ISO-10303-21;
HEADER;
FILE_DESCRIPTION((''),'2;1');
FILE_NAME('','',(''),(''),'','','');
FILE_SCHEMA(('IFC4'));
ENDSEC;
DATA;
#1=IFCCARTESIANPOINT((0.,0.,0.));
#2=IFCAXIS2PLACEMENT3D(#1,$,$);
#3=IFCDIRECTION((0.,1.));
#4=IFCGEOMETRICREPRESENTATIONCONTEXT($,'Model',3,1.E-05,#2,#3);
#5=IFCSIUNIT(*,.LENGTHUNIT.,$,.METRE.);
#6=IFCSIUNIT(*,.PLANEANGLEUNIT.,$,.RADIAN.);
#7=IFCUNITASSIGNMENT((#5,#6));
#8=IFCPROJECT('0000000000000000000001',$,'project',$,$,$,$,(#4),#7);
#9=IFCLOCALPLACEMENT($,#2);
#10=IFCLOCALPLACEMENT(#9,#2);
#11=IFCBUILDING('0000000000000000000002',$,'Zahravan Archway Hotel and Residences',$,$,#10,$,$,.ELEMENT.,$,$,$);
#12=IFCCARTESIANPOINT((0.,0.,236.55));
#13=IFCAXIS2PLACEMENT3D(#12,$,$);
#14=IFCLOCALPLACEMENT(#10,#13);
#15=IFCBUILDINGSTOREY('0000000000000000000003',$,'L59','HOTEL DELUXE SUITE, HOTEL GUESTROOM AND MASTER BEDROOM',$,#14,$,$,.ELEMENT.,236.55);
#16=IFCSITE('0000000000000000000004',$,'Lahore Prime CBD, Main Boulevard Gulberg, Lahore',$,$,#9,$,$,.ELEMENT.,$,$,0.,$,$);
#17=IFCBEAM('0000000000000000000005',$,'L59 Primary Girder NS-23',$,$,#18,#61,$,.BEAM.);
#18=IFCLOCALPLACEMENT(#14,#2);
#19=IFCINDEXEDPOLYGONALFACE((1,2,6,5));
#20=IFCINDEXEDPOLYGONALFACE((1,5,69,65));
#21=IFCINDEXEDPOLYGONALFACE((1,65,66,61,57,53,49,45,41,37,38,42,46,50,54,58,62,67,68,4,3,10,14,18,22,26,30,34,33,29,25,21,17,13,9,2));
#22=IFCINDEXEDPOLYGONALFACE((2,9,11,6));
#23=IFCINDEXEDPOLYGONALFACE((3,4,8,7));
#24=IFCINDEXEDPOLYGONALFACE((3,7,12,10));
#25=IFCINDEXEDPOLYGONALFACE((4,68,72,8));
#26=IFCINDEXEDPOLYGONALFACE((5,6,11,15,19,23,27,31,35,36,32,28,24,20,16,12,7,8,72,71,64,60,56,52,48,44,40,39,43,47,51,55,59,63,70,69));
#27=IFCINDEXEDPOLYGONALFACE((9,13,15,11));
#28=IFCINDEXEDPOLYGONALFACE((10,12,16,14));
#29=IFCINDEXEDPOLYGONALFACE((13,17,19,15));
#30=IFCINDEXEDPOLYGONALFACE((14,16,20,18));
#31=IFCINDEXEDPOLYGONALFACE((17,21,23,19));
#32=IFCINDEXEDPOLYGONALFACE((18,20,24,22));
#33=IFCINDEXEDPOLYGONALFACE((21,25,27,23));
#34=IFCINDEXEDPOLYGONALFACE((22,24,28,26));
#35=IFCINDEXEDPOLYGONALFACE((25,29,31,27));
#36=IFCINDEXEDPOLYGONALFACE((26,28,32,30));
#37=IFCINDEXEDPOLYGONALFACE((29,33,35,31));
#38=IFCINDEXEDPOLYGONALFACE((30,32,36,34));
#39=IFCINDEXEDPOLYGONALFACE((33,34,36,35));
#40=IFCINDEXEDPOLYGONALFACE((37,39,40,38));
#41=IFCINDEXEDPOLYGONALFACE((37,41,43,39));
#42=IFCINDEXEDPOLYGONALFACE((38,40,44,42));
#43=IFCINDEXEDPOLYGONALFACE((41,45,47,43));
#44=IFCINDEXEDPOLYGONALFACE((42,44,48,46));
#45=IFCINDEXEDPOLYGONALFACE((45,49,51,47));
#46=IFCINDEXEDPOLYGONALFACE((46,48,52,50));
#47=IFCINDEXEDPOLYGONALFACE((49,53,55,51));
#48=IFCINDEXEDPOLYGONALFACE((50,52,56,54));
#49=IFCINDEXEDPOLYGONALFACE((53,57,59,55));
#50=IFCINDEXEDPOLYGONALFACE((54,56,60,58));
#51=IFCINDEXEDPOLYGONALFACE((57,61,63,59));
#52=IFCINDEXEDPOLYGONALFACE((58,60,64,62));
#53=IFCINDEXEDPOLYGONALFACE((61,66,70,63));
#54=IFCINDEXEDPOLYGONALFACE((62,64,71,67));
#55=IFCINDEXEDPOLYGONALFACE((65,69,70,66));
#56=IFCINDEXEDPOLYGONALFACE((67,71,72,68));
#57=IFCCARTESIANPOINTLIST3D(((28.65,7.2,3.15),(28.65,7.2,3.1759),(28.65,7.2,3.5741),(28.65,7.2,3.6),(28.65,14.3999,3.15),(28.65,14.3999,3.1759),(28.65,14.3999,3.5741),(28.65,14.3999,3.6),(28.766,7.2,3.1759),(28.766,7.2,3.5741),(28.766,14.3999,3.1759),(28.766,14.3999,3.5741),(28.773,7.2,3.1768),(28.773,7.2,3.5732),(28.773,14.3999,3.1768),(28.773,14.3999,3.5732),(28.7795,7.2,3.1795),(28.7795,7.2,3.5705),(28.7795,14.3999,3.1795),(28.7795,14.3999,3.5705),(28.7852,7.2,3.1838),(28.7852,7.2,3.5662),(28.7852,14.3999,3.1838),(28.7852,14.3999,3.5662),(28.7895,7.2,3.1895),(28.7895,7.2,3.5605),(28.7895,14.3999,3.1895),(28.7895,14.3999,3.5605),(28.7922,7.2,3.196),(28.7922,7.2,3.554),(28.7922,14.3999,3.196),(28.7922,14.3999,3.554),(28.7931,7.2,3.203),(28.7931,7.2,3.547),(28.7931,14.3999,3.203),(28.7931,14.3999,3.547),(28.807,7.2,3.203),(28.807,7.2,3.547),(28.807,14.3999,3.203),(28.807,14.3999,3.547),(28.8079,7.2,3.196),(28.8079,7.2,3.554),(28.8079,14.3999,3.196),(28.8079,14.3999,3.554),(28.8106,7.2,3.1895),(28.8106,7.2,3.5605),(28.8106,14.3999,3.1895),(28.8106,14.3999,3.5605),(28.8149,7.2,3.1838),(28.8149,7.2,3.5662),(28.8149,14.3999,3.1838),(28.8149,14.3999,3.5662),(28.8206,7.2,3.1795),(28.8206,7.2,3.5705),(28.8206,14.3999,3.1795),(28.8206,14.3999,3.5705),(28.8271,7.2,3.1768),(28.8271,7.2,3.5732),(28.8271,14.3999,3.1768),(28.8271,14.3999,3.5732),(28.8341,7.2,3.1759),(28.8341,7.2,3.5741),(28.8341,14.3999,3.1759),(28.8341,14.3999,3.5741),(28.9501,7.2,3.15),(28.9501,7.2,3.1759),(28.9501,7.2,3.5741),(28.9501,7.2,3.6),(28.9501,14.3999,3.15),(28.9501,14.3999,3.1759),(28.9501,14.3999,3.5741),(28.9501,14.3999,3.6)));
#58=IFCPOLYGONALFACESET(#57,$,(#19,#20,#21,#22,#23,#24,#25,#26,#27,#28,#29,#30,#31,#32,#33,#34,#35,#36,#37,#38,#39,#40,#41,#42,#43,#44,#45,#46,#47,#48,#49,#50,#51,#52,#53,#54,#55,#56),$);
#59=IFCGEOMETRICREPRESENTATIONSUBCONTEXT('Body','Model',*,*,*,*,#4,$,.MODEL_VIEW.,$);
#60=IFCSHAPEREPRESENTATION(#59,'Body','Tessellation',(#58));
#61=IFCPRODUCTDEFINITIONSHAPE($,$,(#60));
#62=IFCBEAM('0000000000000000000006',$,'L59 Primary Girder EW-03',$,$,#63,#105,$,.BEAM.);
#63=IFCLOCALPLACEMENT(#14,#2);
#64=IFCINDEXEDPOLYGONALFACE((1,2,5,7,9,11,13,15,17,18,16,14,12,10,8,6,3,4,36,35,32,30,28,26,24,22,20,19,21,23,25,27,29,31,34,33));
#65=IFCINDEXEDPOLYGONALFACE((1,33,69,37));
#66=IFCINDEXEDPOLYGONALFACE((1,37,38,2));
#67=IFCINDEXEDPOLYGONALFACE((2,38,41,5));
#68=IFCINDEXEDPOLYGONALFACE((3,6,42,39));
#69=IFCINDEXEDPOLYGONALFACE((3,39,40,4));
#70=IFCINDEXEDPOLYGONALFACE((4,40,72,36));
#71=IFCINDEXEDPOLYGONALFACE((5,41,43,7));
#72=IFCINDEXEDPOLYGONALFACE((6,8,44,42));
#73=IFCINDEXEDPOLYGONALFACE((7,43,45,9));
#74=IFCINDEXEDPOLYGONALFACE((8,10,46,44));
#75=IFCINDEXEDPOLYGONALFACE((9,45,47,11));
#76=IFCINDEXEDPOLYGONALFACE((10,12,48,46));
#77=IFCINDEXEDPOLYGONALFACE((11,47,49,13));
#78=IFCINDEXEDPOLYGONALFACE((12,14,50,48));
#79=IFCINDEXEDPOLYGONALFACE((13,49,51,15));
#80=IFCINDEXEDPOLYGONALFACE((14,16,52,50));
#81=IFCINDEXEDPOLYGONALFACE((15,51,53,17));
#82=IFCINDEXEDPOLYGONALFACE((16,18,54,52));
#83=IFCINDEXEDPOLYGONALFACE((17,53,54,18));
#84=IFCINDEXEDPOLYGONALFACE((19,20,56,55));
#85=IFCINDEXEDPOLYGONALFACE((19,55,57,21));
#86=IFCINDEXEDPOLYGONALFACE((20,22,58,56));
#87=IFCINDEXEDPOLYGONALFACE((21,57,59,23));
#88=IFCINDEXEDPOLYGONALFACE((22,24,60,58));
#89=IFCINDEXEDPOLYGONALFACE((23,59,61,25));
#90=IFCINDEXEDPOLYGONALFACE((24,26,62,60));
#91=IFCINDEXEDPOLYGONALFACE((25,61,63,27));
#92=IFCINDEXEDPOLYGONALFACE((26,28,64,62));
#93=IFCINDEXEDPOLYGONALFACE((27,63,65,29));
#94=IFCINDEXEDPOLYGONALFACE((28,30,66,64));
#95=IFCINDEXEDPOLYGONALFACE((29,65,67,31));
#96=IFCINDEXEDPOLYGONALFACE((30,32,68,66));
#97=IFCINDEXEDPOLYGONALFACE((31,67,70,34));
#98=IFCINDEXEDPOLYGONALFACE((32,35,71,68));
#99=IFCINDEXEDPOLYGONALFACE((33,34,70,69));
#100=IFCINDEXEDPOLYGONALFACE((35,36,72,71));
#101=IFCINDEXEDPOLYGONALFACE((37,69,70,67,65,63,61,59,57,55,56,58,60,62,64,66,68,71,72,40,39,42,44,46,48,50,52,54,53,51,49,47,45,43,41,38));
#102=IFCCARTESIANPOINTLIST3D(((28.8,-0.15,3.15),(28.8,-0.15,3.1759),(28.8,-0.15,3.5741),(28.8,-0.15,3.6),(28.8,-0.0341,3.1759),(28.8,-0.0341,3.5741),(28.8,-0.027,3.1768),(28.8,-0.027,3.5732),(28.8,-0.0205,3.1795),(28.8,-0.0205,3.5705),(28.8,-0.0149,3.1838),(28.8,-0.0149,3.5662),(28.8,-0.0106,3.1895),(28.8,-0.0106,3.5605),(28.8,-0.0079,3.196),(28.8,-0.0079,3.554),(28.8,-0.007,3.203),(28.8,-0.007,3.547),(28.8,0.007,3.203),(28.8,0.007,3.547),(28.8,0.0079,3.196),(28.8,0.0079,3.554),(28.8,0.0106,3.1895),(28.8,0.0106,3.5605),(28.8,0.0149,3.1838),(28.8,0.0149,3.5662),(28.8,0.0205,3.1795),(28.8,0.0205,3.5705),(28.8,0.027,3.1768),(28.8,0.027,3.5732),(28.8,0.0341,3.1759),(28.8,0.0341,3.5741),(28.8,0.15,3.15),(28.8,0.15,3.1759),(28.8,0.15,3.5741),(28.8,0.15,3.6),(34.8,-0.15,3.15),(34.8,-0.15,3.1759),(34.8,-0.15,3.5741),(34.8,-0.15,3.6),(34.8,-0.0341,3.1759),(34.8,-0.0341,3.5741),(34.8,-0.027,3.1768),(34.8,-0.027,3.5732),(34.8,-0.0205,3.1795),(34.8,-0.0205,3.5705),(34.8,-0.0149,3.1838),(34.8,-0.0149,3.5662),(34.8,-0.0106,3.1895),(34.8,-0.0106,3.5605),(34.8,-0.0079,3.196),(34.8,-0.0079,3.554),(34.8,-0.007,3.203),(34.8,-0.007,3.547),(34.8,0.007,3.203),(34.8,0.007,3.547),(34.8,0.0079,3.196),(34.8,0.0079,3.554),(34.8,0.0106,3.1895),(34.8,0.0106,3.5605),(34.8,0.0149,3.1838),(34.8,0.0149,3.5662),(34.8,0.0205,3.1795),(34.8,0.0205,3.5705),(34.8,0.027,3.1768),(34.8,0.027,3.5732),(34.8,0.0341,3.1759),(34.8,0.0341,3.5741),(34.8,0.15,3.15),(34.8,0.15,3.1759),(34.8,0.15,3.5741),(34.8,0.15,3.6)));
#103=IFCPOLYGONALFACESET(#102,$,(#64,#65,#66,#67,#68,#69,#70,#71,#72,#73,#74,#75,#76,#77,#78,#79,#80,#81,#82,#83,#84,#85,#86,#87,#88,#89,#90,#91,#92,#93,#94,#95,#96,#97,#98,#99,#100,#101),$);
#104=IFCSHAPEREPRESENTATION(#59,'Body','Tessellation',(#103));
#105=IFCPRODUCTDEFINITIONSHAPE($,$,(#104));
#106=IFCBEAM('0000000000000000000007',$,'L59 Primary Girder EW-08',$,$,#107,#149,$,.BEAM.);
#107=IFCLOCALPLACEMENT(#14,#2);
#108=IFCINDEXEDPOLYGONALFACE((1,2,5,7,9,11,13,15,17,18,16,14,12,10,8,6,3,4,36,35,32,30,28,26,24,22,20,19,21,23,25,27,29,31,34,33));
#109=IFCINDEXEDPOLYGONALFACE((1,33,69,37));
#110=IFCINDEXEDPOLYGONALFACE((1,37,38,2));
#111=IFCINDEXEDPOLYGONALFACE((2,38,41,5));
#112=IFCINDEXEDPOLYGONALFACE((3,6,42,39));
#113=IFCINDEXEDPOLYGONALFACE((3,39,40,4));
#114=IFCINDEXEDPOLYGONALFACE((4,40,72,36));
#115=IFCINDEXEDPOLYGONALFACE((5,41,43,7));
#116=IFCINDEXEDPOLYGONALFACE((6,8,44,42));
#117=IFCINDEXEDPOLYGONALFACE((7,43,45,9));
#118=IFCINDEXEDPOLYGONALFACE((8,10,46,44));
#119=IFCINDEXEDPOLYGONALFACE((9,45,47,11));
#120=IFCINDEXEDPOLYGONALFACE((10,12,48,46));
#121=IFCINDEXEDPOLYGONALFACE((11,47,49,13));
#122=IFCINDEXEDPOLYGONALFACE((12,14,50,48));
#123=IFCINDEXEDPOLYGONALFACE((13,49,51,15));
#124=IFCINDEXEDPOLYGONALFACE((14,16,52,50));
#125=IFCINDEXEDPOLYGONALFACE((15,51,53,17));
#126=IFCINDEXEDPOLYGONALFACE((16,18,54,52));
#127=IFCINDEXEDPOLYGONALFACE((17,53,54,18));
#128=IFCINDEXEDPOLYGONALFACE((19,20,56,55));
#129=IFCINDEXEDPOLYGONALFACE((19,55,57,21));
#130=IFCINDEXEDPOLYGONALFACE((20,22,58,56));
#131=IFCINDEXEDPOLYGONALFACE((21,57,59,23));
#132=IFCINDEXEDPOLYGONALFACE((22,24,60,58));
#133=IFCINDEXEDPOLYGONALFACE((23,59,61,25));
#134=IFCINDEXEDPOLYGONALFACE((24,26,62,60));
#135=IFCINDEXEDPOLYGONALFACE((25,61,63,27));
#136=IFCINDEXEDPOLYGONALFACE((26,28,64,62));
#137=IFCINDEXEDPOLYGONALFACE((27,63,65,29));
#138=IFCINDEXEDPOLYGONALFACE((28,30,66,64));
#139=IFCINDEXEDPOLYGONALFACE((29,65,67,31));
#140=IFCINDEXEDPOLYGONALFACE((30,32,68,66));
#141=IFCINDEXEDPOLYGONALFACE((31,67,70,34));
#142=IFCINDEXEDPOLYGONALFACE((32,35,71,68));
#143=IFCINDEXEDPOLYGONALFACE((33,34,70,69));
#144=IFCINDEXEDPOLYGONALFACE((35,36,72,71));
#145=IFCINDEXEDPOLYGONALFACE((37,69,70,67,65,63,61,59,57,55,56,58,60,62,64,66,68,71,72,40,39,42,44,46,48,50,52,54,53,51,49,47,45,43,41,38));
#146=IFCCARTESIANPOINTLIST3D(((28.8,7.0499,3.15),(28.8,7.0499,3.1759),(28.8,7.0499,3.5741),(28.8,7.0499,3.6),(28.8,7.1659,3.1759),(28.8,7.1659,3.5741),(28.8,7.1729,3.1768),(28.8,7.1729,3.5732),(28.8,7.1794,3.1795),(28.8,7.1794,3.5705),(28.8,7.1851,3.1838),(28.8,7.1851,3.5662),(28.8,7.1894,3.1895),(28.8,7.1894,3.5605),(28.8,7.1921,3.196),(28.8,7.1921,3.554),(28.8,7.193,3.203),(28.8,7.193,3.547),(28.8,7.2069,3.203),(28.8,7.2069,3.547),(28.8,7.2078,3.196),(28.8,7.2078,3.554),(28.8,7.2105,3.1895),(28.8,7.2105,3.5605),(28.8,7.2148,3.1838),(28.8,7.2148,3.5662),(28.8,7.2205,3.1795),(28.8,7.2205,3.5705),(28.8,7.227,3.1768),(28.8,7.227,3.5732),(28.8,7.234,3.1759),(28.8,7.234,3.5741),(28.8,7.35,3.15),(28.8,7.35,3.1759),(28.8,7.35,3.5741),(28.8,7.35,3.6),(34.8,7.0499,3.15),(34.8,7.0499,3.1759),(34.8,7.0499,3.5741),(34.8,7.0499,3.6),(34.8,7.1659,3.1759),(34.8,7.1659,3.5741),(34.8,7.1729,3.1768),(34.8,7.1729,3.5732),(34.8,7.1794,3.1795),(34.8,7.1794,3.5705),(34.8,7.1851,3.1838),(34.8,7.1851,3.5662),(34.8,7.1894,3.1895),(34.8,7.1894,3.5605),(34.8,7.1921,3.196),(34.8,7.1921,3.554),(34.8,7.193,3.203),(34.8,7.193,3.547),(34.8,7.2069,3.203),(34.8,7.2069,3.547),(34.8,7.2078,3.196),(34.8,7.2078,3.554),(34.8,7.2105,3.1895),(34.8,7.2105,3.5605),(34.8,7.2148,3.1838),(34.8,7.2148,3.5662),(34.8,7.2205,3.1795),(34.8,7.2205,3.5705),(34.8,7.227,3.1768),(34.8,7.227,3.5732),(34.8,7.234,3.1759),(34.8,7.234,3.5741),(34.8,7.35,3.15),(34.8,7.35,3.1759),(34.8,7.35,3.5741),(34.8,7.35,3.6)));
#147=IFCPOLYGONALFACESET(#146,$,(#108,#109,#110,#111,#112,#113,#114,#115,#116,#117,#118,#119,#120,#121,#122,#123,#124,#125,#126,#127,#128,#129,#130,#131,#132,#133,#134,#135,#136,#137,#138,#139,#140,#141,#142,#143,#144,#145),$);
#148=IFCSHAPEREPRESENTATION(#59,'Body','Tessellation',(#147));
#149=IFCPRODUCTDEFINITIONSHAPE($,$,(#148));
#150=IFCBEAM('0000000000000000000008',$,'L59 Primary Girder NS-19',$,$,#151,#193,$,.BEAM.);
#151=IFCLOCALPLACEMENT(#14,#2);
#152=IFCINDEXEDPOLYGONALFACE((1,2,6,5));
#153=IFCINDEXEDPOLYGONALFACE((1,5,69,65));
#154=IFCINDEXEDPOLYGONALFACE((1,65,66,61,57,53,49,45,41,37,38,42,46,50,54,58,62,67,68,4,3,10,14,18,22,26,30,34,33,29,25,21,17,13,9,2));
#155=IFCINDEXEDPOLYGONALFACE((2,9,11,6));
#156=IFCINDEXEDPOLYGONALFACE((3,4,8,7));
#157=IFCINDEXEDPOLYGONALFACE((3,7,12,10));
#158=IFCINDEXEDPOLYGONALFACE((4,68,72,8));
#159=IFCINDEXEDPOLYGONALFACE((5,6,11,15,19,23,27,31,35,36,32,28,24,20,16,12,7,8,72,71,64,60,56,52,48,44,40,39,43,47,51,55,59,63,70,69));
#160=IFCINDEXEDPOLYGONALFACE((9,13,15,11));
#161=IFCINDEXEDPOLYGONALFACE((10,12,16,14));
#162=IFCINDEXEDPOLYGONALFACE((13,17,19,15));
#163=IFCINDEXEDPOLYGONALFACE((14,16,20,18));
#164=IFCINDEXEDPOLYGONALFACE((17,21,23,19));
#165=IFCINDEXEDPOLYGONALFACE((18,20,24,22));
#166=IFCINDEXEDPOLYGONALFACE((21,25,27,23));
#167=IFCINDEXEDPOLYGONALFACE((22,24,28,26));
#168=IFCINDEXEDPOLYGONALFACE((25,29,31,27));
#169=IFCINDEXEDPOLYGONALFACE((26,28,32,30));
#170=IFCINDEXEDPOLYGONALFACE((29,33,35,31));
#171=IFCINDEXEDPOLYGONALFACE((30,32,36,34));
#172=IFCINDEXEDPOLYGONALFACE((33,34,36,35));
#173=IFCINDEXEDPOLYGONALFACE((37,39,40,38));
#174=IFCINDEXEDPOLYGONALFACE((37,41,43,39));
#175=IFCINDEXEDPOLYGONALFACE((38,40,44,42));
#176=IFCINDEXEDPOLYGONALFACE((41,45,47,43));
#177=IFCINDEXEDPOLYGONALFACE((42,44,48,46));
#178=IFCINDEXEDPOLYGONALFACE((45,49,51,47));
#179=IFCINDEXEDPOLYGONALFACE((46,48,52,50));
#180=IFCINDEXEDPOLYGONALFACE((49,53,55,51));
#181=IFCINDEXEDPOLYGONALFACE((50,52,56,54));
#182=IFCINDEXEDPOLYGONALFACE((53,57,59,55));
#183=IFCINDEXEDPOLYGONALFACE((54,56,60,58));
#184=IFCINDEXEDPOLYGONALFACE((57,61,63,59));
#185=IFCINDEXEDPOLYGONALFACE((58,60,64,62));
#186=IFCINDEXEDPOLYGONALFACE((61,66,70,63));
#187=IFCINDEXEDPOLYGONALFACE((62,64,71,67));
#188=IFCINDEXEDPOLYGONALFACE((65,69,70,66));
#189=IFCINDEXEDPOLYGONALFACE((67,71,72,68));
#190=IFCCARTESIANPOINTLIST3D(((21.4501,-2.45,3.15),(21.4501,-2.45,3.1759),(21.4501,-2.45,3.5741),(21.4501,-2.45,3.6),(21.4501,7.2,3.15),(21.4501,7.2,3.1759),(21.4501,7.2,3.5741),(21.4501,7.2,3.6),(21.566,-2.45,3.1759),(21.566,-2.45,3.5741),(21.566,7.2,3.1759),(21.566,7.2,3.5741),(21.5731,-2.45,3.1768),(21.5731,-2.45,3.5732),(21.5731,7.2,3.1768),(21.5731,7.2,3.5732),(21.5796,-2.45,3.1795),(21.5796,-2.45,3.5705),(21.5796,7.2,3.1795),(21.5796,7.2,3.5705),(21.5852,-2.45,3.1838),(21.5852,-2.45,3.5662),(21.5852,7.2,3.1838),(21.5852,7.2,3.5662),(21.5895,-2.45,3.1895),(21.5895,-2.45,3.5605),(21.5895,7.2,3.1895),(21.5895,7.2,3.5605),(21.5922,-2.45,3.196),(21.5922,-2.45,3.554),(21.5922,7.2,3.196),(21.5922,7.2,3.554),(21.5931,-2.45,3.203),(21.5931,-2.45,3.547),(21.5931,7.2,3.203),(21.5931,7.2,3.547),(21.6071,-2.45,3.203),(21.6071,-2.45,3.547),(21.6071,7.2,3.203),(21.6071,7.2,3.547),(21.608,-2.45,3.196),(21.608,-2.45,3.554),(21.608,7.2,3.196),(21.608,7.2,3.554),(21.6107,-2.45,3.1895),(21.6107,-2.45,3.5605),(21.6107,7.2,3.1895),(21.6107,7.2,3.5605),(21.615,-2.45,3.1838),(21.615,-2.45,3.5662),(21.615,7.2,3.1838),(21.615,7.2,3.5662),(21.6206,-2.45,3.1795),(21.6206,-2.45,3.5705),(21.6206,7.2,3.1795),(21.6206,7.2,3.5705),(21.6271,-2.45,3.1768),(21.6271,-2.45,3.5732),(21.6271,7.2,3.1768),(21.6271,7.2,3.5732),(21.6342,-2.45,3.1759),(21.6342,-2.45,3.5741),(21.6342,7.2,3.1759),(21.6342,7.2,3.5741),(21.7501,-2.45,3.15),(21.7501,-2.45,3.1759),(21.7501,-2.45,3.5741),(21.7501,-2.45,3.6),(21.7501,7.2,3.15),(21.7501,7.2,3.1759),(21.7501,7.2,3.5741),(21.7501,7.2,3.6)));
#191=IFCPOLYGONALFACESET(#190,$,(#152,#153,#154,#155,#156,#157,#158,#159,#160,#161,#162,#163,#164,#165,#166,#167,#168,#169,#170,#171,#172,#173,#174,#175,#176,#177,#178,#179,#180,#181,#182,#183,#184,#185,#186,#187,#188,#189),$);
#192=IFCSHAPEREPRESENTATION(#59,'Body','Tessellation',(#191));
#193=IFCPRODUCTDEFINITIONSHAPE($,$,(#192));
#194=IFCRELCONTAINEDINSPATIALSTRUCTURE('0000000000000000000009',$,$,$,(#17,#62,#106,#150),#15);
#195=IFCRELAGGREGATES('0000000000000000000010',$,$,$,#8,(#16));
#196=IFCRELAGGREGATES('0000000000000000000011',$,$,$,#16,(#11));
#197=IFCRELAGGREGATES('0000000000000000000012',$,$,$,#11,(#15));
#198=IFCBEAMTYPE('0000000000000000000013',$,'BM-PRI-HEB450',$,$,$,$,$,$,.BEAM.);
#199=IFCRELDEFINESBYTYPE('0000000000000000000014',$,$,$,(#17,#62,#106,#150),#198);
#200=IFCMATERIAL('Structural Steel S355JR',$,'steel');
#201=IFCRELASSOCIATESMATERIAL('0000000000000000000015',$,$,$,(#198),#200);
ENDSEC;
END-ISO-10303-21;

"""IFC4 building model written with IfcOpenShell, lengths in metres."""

from ifc_helpers import new_model, si_unit, direction, frame, origin, origin_2d, place, context, subcontext, project, spatial, i_section, extrude, source, transform, mapped, material, material_profile, profile_set, type_object, element, save


model = new_model("IFC4")

# Units and contexts
model_context = context("Model", 3, precision=1e-05, world=origin(), true_north=direction((0.0, 1.0)))
body_context = subcontext(model_context, "Body", "Model", "MODEL_VIEW")
ifc_project = project(units=[si_unit("LENGTHUNIT", "METRE"), si_unit("PLANEANGLEUNIT", "RADIAN")], contexts=[model_context])

# Site, building, storey
site_placement = place(None, origin())
site = spatial("IfcSite", under=ifc_project, at=site_placement, Name="Lahore Prime CBD, Main Boulevard Gulberg, Lahore", CompositionType="ELEMENT", RefElevation=0.0)
building_placement = place(site_placement, origin())
building = spatial("IfcBuilding", under=site, at=building_placement, Name="Zahravan Archway Hotel and Residences", CompositionType="ELEMENT")
storey_placement = place(building_placement, frame((0.0, 0.0, 236.55)))
storey = spatial("IfcBuildingStorey", under=building, at=storey_placement, Name="L59", Description="HOTEL DELUXE SUITE, HOTEL GUESTROOM AND MASTER BEDROOM", CompositionType="ELEMENT", Elevation=236.55)

# Beams
ifc_material_1 = material(Name="Structural Steel S355JR", Category="steel")
ifc_material_profile_1 = material_profile(ifc_material_1, i_section(OverallWidth=0.3, OverallDepth=0.45, WebThickness=0.0139, FlangeThickness=0.0259, FilletRadius=0.0271, at=origin_2d()), Name="HEB 450", Category="steel")
ifc_profile_set_1 = profile_set([ifc_material_profile_1], Name="Structural Steel S355JR")
beam_type_1 = type_object("IfcBeamType", Name="BM-PRI-HEB450", PredefinedType="BEAM", material=ifc_profile_set_1)
shared_shape_1 = source(origin(), body_context, "Body", "SweptSolid", [
    extrude(i_section(OverallWidth=0.3, OverallDepth=0.45, WebThickness=0.0139, FlangeThickness=0.0259, FilletRadius=0.0271, at=origin_2d()), origin(), (0.0, 0.0, 1.0), 7.2),
])
for number, where, z_axis, x_axis, name in (
    (1, (28.8, 7.2, 3.375), (0.0, 1.0, 0.0), (-1.0, 0.0, 0.0), "L59 Primary Girder NS-23"),
):
    element("IfcBeam", number, at=place(storey_placement, frame(where, z_axis=z_axis, x_axis=x_axis)), inside=storey, type_object=beam_type_1, Name=name, PredefinedType="BEAM", context=body_context, shape_type="MappedRepresentation", body=[
        mapped(shared_shape_1, transform((0.0, 0.0, 0.0), scale=1.0)),
    ])
shared_shape_2 = source(origin(), body_context, "Body", "SweptSolid", [
    extrude(i_section(OverallWidth=0.3, OverallDepth=0.45, WebThickness=0.0139, FlangeThickness=0.0259, FilletRadius=0.0271, at=origin_2d()), origin(), (0.0, 0.0, 1.0), 6.0),
])
for number, where, z_axis, x_axis, name in (
    (2, (28.8, 0.0, 3.375), (1.0, 0.0, 0.0), (0.0, 1.0, 0.0), "L59 Primary Girder EW-03"),
    (3, (28.8, 7.2, 3.375), (1.0, 0.0, 0.0), (0.0, 1.0, 0.0), "L59 Primary Girder EW-08"),
):
    element("IfcBeam", number, at=place(storey_placement, frame(where, z_axis=z_axis, x_axis=x_axis)), inside=storey, type_object=beam_type_1, Name=name, PredefinedType="BEAM", context=body_context, shape_type="MappedRepresentation", body=[
        mapped(shared_shape_2, transform((0.0, 0.0, 0.0), scale=1.0)),
    ])
shared_shape_3 = source(origin(), body_context, "Body", "SweptSolid", [
    extrude(i_section(OverallWidth=0.3, OverallDepth=0.45, WebThickness=0.0139, FlangeThickness=0.0259, FilletRadius=0.0271, at=origin_2d()), origin(), (0.0, 0.0, 1.0), 9.6499),
])
for number, where, z_axis, x_axis, name in (
    (4, (21.6001, -2.45, 3.375), (0.0, 1.0, 0.0), (-1.0, 0.0, 0.0), "L59 Primary Girder NS-19"),
):
    element("IfcBeam", number, at=place(storey_placement, frame(where, z_axis=z_axis, x_axis=x_axis)), inside=storey, type_object=beam_type_1, Name=name, PredefinedType="BEAM", context=body_context, shape_type="MappedRepresentation", body=[
        mapped(shared_shape_3, transform((0.0, 0.0, 0.0), scale=1.0)),
    ])

save(model, "model.ifc")
